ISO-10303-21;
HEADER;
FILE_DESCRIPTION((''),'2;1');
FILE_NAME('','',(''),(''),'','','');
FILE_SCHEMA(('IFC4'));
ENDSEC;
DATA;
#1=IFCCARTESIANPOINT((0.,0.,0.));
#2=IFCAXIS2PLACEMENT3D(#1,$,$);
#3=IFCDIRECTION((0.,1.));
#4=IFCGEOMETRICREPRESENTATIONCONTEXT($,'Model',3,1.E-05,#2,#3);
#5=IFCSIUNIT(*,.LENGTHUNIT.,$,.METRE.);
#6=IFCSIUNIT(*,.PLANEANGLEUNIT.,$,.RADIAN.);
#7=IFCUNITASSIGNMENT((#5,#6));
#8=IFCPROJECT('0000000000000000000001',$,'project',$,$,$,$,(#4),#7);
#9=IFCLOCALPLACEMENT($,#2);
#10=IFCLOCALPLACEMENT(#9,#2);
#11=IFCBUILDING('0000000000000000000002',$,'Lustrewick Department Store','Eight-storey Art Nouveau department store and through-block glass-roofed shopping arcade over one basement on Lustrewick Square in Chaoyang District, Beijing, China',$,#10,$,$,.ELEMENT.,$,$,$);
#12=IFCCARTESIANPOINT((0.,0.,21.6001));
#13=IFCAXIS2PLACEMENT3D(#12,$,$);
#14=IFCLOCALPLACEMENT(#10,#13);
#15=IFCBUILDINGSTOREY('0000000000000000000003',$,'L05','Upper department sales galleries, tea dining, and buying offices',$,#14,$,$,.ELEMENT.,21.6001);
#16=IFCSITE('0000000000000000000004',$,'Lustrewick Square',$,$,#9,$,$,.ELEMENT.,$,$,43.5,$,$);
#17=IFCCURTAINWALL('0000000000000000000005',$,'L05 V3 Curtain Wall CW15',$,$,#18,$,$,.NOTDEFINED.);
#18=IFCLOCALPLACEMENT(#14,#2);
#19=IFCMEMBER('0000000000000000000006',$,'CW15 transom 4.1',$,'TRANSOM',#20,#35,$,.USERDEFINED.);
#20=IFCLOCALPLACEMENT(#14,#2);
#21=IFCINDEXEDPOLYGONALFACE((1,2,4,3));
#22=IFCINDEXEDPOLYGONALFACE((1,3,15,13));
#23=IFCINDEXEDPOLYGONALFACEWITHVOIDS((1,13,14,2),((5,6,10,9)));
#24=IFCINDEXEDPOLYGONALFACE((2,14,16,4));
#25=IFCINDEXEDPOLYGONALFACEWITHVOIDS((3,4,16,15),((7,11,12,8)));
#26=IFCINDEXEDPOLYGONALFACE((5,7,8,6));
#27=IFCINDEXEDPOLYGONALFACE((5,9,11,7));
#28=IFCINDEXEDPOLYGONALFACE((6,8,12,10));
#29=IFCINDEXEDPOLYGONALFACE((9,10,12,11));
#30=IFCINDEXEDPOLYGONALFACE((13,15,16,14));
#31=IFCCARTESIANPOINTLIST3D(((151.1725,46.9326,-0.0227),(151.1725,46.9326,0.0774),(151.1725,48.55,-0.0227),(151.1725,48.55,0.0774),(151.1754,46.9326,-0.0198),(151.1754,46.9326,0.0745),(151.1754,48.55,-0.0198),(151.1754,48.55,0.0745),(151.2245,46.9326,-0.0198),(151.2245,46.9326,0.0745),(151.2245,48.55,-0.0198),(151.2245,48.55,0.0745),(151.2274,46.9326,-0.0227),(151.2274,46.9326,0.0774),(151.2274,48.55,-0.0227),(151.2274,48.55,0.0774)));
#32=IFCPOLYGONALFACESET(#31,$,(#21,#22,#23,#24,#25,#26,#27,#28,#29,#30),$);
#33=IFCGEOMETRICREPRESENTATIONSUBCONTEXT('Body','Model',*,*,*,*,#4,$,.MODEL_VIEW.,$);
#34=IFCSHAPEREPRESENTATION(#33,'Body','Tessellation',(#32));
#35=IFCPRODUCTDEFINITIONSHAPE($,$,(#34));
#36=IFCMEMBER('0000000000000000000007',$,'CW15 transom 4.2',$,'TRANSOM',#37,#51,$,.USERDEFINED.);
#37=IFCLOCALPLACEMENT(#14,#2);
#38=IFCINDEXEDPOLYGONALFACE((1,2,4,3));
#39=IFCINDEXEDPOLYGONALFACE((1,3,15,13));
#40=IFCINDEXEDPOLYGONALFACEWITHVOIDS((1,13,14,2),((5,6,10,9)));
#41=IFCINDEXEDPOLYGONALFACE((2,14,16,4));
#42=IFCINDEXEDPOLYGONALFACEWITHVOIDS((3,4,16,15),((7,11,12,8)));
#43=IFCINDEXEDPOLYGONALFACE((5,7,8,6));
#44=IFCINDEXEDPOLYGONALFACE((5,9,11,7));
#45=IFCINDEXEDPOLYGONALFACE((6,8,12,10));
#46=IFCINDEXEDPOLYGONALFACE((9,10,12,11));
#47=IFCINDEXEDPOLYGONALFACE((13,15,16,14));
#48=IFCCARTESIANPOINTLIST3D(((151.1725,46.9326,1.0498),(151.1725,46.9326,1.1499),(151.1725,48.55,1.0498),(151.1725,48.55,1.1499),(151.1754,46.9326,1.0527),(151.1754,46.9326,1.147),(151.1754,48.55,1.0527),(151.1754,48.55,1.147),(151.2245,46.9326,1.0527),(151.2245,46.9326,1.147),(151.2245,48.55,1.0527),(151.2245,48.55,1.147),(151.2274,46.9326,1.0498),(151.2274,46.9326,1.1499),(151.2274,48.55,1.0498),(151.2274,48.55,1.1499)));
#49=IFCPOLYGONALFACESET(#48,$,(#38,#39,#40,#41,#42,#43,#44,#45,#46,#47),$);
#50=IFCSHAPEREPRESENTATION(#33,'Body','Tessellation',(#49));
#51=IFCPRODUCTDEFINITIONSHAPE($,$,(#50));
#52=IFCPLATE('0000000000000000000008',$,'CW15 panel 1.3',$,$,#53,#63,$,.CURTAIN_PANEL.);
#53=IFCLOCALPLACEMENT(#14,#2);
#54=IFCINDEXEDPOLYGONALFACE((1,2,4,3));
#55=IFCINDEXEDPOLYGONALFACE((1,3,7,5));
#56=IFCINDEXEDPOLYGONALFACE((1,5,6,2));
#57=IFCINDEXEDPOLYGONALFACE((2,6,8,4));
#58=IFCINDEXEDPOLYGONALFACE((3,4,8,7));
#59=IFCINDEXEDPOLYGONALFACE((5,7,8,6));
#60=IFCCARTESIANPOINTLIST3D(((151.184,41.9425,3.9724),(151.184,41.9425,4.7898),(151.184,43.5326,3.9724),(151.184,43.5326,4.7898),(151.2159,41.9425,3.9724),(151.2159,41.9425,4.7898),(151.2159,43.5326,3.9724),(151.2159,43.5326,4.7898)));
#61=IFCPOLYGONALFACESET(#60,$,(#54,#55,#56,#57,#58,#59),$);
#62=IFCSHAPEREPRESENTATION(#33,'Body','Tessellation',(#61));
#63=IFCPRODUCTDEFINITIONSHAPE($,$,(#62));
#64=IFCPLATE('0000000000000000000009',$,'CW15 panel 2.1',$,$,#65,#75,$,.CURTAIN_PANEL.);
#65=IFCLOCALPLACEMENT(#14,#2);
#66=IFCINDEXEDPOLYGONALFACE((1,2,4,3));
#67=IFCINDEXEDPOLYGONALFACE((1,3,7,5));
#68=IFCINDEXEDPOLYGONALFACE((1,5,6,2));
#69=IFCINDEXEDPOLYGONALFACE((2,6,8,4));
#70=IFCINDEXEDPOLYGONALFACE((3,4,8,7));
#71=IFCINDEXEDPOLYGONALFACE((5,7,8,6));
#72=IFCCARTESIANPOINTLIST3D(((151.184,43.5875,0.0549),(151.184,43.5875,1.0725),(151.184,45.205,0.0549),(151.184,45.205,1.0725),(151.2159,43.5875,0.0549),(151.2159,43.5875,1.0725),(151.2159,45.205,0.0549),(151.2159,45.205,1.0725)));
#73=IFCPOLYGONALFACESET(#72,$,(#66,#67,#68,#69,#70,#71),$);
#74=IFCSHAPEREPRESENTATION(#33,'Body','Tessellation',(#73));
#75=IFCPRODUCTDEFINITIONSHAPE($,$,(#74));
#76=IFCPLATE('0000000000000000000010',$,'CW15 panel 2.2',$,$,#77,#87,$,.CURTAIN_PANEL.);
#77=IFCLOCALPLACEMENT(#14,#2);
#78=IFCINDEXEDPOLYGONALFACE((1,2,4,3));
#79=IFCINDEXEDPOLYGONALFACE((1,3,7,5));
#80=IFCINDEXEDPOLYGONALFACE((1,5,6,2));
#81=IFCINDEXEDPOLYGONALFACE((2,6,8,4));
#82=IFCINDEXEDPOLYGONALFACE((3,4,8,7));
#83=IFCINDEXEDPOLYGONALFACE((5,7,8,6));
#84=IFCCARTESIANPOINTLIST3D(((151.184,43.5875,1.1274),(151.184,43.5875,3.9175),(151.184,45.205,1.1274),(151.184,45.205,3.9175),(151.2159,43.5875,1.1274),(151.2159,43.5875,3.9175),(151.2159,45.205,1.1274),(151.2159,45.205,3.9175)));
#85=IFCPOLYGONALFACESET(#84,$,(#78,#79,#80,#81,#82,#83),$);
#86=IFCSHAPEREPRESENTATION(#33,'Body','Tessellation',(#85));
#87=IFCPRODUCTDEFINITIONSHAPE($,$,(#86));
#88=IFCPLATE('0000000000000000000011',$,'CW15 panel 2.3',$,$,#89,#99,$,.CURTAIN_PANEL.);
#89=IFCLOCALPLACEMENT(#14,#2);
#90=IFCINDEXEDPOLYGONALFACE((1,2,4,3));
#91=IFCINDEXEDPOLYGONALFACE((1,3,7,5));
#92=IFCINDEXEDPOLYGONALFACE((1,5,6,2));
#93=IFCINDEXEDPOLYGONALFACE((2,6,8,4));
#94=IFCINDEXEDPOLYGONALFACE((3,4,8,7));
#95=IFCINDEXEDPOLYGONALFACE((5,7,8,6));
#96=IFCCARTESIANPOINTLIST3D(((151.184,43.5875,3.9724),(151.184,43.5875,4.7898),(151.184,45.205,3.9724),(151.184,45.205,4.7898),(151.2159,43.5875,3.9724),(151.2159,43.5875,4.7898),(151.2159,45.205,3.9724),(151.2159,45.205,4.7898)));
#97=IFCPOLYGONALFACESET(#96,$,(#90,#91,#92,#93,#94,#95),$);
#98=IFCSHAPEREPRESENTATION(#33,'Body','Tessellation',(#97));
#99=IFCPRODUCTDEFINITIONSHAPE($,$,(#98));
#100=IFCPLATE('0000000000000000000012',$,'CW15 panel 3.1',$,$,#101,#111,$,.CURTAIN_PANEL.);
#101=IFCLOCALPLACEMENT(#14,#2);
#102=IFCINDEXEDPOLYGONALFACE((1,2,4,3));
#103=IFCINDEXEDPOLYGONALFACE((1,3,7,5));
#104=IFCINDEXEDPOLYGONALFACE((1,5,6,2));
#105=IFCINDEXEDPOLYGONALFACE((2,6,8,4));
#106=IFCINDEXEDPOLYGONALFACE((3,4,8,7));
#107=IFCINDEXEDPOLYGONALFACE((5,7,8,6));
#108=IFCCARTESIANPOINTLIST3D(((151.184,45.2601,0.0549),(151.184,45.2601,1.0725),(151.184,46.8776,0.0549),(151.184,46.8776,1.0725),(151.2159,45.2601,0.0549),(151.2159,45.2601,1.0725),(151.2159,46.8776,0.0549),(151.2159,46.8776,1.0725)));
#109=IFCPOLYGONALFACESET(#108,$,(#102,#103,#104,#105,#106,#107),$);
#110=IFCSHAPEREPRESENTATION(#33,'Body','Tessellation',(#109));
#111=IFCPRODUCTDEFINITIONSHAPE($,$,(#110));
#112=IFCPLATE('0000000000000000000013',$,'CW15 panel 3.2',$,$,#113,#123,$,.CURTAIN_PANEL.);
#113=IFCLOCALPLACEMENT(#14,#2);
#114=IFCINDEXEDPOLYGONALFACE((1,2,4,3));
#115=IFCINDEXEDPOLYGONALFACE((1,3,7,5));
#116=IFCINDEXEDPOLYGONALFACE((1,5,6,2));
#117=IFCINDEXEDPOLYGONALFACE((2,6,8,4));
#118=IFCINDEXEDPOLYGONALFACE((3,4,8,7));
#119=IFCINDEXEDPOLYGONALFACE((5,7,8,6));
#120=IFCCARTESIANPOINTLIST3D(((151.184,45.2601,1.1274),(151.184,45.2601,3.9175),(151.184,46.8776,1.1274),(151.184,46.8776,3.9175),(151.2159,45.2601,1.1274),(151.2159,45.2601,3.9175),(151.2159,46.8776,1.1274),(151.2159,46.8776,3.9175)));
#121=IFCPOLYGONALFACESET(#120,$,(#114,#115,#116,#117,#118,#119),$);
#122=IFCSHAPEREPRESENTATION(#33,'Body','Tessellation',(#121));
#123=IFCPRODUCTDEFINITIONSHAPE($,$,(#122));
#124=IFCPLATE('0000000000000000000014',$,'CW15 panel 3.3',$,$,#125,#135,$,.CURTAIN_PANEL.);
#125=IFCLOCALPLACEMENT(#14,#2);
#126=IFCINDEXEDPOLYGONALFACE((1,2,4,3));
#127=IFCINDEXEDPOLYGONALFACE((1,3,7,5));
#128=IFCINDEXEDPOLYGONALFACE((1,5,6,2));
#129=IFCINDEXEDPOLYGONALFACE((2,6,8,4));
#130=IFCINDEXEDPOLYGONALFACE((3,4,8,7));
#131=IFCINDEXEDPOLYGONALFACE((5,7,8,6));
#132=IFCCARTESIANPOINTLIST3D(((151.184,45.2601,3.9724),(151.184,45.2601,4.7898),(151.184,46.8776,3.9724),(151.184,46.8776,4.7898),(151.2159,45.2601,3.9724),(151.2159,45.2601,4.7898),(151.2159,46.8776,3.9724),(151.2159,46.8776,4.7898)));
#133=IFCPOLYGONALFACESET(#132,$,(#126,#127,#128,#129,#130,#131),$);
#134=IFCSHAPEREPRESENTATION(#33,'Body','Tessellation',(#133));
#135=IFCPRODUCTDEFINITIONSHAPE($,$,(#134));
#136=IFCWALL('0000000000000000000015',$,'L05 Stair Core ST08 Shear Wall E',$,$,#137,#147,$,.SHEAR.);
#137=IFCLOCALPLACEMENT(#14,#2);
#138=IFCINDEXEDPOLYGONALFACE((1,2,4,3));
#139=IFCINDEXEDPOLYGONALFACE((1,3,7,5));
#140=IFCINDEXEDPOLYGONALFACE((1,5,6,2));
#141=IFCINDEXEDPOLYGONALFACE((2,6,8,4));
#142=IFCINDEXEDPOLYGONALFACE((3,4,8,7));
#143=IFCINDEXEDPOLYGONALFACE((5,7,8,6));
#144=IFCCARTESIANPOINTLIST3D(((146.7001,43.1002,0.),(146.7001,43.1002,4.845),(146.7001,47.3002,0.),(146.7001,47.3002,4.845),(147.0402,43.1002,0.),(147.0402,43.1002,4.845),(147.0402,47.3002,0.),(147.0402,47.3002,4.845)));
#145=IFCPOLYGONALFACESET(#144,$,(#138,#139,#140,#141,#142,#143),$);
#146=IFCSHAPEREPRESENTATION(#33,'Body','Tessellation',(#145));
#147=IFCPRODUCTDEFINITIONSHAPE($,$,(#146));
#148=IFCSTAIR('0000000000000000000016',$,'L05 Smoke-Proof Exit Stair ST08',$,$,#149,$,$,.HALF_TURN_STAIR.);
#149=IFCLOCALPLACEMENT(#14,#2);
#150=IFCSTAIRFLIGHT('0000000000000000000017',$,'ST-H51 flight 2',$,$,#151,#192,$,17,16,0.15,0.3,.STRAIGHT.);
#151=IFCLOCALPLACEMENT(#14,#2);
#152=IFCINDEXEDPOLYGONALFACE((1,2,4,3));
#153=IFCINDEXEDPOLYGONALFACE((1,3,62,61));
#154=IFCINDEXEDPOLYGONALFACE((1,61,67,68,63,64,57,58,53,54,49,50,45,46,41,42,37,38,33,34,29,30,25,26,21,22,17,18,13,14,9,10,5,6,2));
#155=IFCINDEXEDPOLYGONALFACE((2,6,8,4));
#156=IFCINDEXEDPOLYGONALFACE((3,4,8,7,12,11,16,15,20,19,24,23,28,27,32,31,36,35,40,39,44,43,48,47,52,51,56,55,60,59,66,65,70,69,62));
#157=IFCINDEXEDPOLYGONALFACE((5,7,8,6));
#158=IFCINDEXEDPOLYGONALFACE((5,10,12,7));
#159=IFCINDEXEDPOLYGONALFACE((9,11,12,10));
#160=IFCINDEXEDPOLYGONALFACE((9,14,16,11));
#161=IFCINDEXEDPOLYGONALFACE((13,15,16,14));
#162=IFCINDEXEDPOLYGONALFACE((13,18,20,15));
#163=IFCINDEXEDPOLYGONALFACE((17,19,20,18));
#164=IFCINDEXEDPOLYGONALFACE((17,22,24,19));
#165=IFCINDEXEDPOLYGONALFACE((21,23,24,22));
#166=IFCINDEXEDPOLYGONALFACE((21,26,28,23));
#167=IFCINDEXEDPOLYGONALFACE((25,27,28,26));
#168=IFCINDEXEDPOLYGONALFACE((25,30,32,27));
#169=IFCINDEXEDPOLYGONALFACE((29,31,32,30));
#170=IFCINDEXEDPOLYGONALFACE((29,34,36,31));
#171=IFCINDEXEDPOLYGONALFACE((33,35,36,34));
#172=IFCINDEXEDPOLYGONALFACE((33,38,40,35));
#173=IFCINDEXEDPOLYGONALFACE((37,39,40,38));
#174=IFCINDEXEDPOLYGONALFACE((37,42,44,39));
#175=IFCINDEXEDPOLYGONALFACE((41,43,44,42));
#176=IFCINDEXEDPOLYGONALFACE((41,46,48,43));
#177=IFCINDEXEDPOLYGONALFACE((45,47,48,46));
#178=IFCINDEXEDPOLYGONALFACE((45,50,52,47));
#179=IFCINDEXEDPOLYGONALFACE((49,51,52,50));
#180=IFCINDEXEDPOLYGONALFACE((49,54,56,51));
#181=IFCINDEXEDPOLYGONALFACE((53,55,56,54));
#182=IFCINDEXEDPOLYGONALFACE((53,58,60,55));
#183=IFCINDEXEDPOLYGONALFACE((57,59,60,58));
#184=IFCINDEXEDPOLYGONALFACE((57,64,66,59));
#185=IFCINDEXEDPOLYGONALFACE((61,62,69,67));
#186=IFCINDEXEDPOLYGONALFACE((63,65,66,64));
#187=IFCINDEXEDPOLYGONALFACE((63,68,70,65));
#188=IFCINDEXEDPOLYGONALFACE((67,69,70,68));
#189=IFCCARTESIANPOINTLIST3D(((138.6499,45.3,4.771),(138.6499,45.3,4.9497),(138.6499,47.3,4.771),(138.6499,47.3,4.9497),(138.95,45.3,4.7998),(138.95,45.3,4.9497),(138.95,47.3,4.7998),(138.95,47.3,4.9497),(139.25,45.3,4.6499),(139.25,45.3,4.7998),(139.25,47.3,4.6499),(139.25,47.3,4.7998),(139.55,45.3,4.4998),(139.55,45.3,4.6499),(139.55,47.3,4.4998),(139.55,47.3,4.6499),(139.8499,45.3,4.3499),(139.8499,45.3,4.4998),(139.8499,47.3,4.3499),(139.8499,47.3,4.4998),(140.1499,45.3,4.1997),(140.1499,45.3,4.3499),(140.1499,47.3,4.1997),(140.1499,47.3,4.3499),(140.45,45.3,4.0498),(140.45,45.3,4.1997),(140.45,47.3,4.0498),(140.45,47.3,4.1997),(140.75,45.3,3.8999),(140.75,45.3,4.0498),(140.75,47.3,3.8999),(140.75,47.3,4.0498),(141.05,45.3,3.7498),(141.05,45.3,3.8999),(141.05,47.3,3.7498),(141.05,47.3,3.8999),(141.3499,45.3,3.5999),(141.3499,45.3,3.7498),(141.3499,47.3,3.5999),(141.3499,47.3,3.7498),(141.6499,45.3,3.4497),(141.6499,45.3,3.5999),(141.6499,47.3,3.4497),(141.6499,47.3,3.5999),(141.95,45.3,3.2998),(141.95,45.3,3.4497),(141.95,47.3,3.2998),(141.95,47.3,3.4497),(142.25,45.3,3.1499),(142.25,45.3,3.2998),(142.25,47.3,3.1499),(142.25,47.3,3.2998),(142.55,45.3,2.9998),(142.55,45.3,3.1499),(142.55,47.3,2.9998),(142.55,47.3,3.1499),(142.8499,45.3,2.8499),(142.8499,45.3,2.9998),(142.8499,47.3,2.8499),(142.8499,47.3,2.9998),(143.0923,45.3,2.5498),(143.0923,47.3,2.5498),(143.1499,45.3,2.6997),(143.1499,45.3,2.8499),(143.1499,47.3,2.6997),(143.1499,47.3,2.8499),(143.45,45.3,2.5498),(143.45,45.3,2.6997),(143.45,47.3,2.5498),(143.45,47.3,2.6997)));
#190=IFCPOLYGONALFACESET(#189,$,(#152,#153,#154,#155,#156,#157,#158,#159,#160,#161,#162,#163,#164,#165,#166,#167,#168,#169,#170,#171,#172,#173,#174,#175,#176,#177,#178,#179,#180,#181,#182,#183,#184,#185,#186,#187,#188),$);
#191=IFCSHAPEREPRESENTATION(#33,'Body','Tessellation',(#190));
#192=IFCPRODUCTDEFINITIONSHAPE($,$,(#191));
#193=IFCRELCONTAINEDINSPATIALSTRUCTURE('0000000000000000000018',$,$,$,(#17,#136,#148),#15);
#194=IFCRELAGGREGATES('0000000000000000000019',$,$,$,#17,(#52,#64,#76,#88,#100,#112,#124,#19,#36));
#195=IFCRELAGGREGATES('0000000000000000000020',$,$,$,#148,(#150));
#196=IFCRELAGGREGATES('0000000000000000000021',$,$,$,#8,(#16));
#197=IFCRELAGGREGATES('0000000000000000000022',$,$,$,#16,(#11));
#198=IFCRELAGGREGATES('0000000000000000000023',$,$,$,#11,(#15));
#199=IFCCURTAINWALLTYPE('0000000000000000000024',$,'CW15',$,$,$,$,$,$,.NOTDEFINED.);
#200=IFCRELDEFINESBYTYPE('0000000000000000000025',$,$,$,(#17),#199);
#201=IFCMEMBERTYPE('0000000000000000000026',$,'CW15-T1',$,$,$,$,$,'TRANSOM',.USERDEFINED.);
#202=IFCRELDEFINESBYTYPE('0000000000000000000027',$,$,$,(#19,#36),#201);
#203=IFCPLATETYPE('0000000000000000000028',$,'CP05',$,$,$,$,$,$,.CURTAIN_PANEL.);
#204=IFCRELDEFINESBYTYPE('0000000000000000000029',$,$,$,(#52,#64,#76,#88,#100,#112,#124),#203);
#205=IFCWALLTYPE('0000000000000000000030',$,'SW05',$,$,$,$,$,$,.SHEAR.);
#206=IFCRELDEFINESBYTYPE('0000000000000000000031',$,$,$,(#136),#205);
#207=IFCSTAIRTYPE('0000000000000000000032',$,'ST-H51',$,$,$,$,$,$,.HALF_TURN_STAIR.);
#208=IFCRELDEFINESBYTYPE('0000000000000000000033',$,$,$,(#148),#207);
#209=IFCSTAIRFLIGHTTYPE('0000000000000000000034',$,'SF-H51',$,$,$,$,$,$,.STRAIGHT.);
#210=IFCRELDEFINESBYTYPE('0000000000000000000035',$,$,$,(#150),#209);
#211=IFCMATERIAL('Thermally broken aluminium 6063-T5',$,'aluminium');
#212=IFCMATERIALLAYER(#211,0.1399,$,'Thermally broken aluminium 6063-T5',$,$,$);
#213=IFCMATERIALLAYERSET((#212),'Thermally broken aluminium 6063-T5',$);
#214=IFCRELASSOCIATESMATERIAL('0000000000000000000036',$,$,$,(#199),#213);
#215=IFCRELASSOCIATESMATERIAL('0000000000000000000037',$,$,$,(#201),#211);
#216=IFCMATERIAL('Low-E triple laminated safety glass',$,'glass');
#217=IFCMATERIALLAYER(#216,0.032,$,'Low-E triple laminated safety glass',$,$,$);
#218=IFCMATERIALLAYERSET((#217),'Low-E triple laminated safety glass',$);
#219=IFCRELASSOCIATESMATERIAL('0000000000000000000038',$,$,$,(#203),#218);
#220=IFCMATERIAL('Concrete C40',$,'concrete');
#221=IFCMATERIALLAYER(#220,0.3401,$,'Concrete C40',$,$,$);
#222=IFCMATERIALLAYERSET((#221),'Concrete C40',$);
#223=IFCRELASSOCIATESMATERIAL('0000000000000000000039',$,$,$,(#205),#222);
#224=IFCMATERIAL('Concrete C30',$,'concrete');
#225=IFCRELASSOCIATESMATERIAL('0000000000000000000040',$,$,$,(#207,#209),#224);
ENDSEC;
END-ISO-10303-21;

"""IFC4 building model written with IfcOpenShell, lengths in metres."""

from ifc_helpers import new_model, si_unit, direction, frame, frame_2d, origin, origin_2d, place, context, subcontext, project, spatial, polyline, rectangle, hollow_rectangle, outline, extrude, material, layer, layer_set, material_profile, profile_set, type_object, element, aggregate, save


model = new_model("IFC4")

# Units and contexts
model_context = context("Model", 3, precision=1e-05, world=origin(), true_north=direction((0.0, 1.0)))
body_context = subcontext(model_context, "Body", "Model", "MODEL_VIEW")
ifc_project = project(units=[si_unit("LENGTHUNIT", "METRE"), si_unit("PLANEANGLEUNIT", "RADIAN")], contexts=[model_context])

# Site, building, storey
site_placement = place(None, origin())
site = spatial("IfcSite", under=ifc_project, at=site_placement, Name="Lustrewick Square", CompositionType="ELEMENT", RefElevation=43.5)
building_placement = place(site_placement, origin())
building = spatial("IfcBuilding", under=site, at=building_placement, Name="Lustrewick Department Store", Description="Eight-storey Art Nouveau department store and through-block glass-roofed shopping arcade over one basement on Lustrewick Square in Chaoyang District, Beijing, China", CompositionType="ELEMENT")
storey_placement = place(building_placement, frame((0.0, 0.0, 21.6001)))
storey = spatial("IfcBuildingStorey", under=building, at=storey_placement, Name="L05", Description="Upper department sales galleries, tea dining, and buying offices", CompositionType="ELEMENT", Elevation=21.6001)

# Curtain wall, members, plates
ifc_material_1 = material(Name="Thermally broken aluminium 6063-T5", Category="aluminium")
ifc_layer_1 = layer(ifc_material_1, 0.1399, Name="Thermally broken aluminium 6063-T5")
ifc_layer_set_1 = layer_set([ifc_layer_1], Name="Thermally broken aluminium 6063-T5")
curtain_wall_type = type_object("IfcCurtainWallType", Name="CW15", PredefinedType="NOTDEFINED", material=ifc_layer_set_1)
curtain_wall_placement = place(storey_placement, origin())
curtain_wall = element("IfcCurtainWall", 1, at=curtain_wall_placement, inside=storey, type_object=curtain_wall_type, Name="L05 V3 Curtain Wall CW15", PredefinedType="NOTDEFINED")
ifc_material_profile_1 = material_profile(ifc_material_1, hollow_rectangle(XDim=0.0549, YDim=0.1001, WallThickness=0.0029, at=origin_2d()), Name="ALU-T 55x100x3")
ifc_profile_set_1 = profile_set([ifc_material_profile_1], Name="Thermally broken aluminium 6063-T5")
member_type_1 = type_object("IfcMemberType", Name="CW15-T1", ElementType="TRANSOM", PredefinedType="USERDEFINED", material=ifc_profile_set_1)
member_1_placement = place(storey_placement, frame((151.2, 46.9326, 0.0273), z_axis=(0.0, 1.0, 0.0), x_axis=(-1.0, 0.0, 0.0)))
member_1 = element("IfcMember", 2, at=member_1_placement, type_object=member_type_1, Name="CW15 transom 4.1", ObjectType="TRANSOM", PredefinedType="USERDEFINED", context=body_context, shape_type="SweptSolid", body=[
    extrude(hollow_rectangle(XDim=0.0549, YDim=0.1001, WallThickness=0.0029, at=origin_2d()), origin(), (0.0, 0.0, 1.0), 1.6174),
])
member_2_placement = place(storey_placement, frame((151.2, 46.9326, 1.0999), z_axis=(0.0, 1.0, 0.0), x_axis=(-1.0, 0.0, 0.0)))
member_2 = element("IfcMember", 3, at=member_2_placement, type_object=member_type_1, Name="CW15 transom 4.2", ObjectType="TRANSOM", PredefinedType="USERDEFINED", context=body_context, shape_type="SweptSolid", body=[
    extrude(hollow_rectangle(XDim=0.0549, YDim=0.1001, WallThickness=0.0029, at=origin_2d()), origin(), (0.0, 0.0, 1.0), 1.6174),
])
ifc_material_2 = material(Name="Low-E triple laminated safety glass", Category="glass")
ifc_layer_2 = layer(ifc_material_2, 0.032, Name="Low-E triple laminated safety glass")
ifc_layer_set_2 = layer_set([ifc_layer_2], Name="Low-E triple laminated safety glass")
plate_type = type_object("IfcPlateType", Name="CP05", PredefinedType="CURTAIN_PANEL", material=ifc_layer_set_2)
plate_1_placement = place(storey_placement, frame((151.2, 42.7375, 3.9724), z_axis=(0.0, 0.0, 1.0), x_axis=(0.0, 1.0, 0.0)))
plate_1 = element("IfcPlate", 4, at=plate_1_placement, type_object=plate_type, Name="CW15 panel 1.3", PredefinedType="CURTAIN_PANEL", context=body_context, shape_type="SweptSolid", body=[
    extrude(rectangle(XDim=1.5901, YDim=0.032, at=origin_2d()), origin(), (0.0, 0.0, 1.0), 0.8174),
])
plate_2_placement = place(storey_placement, frame((151.2, 44.3962, 0.0549), z_axis=(0.0, 0.0, 1.0), x_axis=(0.0, 1.0, 0.0)))
plate_2 = element("IfcPlate", 5, at=plate_2_placement, type_object=plate_type, Name="CW15 panel 2.1", PredefinedType="CURTAIN_PANEL", context=body_context, shape_type="SweptSolid", body=[
    extrude(rectangle(XDim=1.6174, YDim=0.032, at=origin_2d()), origin(), (0.0, 0.0, 1.0), 1.0176),
])
plate_3_placement = place(storey_placement, frame((151.2, 44.3962, 1.1274), z_axis=(0.0, 0.0, 1.0), x_axis=(0.0, 1.0, 0.0)))
plate_3 = element("IfcPlate", 6, at=plate_3_placement, type_object=plate_type, Name="CW15 panel 2.2", PredefinedType="CURTAIN_PANEL", context=body_context, shape_type="SweptSolid", body=[
    extrude(rectangle(XDim=1.6174, YDim=0.032, at=origin_2d()), origin(), (0.0, 0.0, 1.0), 2.79),
])
plate_4_placement = place(storey_placement, frame((151.2, 44.3962, 3.9724), z_axis=(0.0, 0.0, 1.0), x_axis=(0.0, 1.0, 0.0)))
plate_4 = element("IfcPlate", 7, at=plate_4_placement, type_object=plate_type, Name="CW15 panel 2.3", PredefinedType="CURTAIN_PANEL", context=body_context, shape_type="SweptSolid", body=[
    extrude(rectangle(XDim=1.6174, YDim=0.032, at=origin_2d()), origin(), (0.0, 0.0, 1.0), 0.8174),
])
plate_5_placement = place(storey_placement, frame((151.2, 46.0688, 0.0549), z_axis=(0.0, 0.0, 1.0), x_axis=(0.0, 1.0, 0.0)))
plate_5 = element("IfcPlate", 8, at=plate_5_placement, type_object=plate_type, Name="CW15 panel 3.1", PredefinedType="CURTAIN_PANEL", context=body_context, shape_type="SweptSolid", body=[
    extrude(rectangle(XDim=1.6174, YDim=0.032, at=origin_2d()), origin(), (0.0, 0.0, 1.0), 1.0176),
])
plate_6_placement = place(storey_placement, frame((151.2, 46.0688, 1.1274), z_axis=(0.0, 0.0, 1.0), x_axis=(0.0, 1.0, 0.0)))
plate_6 = element("IfcPlate", 9, at=plate_6_placement, type_object=plate_type, Name="CW15 panel 3.2", PredefinedType="CURTAIN_PANEL", context=body_context, shape_type="SweptSolid", body=[
    extrude(rectangle(XDim=1.6174, YDim=0.032, at=origin_2d()), origin(), (0.0, 0.0, 1.0), 2.79),
])
plate_7_placement = place(storey_placement, frame((151.2, 46.0688, 3.9724), z_axis=(0.0, 0.0, 1.0), x_axis=(0.0, 1.0, 0.0)))
plate_7 = element("IfcPlate", 10, at=plate_7_placement, type_object=plate_type, Name="CW15 panel 3.3", PredefinedType="CURTAIN_PANEL", context=body_context, shape_type="SweptSolid", body=[
    extrude(rectangle(XDim=1.6174, YDim=0.032, at=origin_2d()), origin(), (0.0, 0.0, 1.0), 0.8174),
])
aggregate(curtain_wall, [plate_1, plate_2, plate_3, plate_4, plate_5, plate_6, plate_7, member_1, member_2])

# Wall
ifc_material_3 = material(Name="Concrete C40", Category="concrete")
ifc_layer_3 = layer(ifc_material_3, 0.3401, Name="Concrete C40")
ifc_layer_set_3 = layer_set([ifc_layer_3], Name="Concrete C40")
wall_type = type_object("IfcWallType", Name="SW05", PredefinedType="SHEAR", material=ifc_layer_set_3)
wall_placement = place(storey_placement, frame((146.8701, 43.1001, 0.0), z_axis=(0.0, 0.0, 1.0), x_axis=(0.0, 1.0, 0.0)))
element("IfcWall", 11, at=wall_placement, inside=storey, type_object=wall_type, Name="L05 Stair Core ST08 Shear Wall E", PredefinedType="SHEAR", context=body_context, shape_type="SweptSolid", body=[
    extrude(rectangle(XDim=4.2, YDim=0.3401, at=frame_2d((2.1001, 0.0))), origin(), (0.0, 0.0, 1.0), 4.845),
])

# Stair, stair flight
ifc_material_4 = material(Name="Concrete C30", Category="concrete")
stair_type = type_object("IfcStairType", Name="ST-H51", PredefinedType="HALF_TURN_STAIR", material=ifc_material_4)
stair_placement = place(storey_placement, origin())
stair = element("IfcStair", 12, at=stair_placement, inside=storey, type_object=stair_type, Name="L05 Smoke-Proof Exit Stair ST08", PredefinedType="HALF_TURN_STAIR")
stair_flight_type = type_object("IfcStairFlightType", Name="SF-H51", PredefinedType="STRAIGHT", material=ifc_material_4)
stair_flight_placement = place(storey_placement, frame((143.45, 46.3, 2.5498), z_axis=(0.0, 0.0, 1.0), x_axis=(-1.0, 0.0, 0.0)))
stair_flight = element("IfcStairFlight", 13, at=stair_flight_placement, type_object=stair_flight_type, Name="ST-H51 flight 2", NumberOfRisers=17, NumberOfTreads=16, PredefinedType="STRAIGHT", RiserHeight=0.15, TreadLength=0.3, context=body_context, shape_type="SweptSolid", body=[
    extrude(outline(polyline([(0.0, 0.0), (0.0, 0.1499), (0.3, 0.1499), (0.3, 0.3), (0.6001, 0.3), (0.6001, 0.45), (0.8999, 0.45), (0.8999, 0.6001), (1.2, 0.6001), (1.2, 0.75), (1.5, 0.75), (1.5, 0.8999), (1.8, 0.8999), (1.8, 1.05), (2.1001, 1.05), (2.1001, 1.2), (2.3999, 1.2), (2.3999, 1.3501), (2.7, 1.3501), (2.7, 1.5), (3.0, 1.5), (3.0, 1.6499), (3.3, 1.6499), (3.3, 1.8), (3.6001, 1.8), (3.6001, 1.95), (3.8999, 1.95), (3.8999, 2.1001), (4.2, 2.1001), (4.2, 2.25), (4.5, 2.25), (4.5, 2.3999), (4.8, 2.3999), (4.8, 2.55), (4.8, 2.2212), (0.3577, 0.0), (0.0, 0.0)])), frame((0.0, 1.0, 0.0), z_axis=(0.0, -1.0, 0.0), x_axis=(1.0, 0.0, 0.0)), (0.0, 0.0, 1.0), 2.0),
])
aggregate(stair, [stair_flight])

save(model, "model.ifc")
